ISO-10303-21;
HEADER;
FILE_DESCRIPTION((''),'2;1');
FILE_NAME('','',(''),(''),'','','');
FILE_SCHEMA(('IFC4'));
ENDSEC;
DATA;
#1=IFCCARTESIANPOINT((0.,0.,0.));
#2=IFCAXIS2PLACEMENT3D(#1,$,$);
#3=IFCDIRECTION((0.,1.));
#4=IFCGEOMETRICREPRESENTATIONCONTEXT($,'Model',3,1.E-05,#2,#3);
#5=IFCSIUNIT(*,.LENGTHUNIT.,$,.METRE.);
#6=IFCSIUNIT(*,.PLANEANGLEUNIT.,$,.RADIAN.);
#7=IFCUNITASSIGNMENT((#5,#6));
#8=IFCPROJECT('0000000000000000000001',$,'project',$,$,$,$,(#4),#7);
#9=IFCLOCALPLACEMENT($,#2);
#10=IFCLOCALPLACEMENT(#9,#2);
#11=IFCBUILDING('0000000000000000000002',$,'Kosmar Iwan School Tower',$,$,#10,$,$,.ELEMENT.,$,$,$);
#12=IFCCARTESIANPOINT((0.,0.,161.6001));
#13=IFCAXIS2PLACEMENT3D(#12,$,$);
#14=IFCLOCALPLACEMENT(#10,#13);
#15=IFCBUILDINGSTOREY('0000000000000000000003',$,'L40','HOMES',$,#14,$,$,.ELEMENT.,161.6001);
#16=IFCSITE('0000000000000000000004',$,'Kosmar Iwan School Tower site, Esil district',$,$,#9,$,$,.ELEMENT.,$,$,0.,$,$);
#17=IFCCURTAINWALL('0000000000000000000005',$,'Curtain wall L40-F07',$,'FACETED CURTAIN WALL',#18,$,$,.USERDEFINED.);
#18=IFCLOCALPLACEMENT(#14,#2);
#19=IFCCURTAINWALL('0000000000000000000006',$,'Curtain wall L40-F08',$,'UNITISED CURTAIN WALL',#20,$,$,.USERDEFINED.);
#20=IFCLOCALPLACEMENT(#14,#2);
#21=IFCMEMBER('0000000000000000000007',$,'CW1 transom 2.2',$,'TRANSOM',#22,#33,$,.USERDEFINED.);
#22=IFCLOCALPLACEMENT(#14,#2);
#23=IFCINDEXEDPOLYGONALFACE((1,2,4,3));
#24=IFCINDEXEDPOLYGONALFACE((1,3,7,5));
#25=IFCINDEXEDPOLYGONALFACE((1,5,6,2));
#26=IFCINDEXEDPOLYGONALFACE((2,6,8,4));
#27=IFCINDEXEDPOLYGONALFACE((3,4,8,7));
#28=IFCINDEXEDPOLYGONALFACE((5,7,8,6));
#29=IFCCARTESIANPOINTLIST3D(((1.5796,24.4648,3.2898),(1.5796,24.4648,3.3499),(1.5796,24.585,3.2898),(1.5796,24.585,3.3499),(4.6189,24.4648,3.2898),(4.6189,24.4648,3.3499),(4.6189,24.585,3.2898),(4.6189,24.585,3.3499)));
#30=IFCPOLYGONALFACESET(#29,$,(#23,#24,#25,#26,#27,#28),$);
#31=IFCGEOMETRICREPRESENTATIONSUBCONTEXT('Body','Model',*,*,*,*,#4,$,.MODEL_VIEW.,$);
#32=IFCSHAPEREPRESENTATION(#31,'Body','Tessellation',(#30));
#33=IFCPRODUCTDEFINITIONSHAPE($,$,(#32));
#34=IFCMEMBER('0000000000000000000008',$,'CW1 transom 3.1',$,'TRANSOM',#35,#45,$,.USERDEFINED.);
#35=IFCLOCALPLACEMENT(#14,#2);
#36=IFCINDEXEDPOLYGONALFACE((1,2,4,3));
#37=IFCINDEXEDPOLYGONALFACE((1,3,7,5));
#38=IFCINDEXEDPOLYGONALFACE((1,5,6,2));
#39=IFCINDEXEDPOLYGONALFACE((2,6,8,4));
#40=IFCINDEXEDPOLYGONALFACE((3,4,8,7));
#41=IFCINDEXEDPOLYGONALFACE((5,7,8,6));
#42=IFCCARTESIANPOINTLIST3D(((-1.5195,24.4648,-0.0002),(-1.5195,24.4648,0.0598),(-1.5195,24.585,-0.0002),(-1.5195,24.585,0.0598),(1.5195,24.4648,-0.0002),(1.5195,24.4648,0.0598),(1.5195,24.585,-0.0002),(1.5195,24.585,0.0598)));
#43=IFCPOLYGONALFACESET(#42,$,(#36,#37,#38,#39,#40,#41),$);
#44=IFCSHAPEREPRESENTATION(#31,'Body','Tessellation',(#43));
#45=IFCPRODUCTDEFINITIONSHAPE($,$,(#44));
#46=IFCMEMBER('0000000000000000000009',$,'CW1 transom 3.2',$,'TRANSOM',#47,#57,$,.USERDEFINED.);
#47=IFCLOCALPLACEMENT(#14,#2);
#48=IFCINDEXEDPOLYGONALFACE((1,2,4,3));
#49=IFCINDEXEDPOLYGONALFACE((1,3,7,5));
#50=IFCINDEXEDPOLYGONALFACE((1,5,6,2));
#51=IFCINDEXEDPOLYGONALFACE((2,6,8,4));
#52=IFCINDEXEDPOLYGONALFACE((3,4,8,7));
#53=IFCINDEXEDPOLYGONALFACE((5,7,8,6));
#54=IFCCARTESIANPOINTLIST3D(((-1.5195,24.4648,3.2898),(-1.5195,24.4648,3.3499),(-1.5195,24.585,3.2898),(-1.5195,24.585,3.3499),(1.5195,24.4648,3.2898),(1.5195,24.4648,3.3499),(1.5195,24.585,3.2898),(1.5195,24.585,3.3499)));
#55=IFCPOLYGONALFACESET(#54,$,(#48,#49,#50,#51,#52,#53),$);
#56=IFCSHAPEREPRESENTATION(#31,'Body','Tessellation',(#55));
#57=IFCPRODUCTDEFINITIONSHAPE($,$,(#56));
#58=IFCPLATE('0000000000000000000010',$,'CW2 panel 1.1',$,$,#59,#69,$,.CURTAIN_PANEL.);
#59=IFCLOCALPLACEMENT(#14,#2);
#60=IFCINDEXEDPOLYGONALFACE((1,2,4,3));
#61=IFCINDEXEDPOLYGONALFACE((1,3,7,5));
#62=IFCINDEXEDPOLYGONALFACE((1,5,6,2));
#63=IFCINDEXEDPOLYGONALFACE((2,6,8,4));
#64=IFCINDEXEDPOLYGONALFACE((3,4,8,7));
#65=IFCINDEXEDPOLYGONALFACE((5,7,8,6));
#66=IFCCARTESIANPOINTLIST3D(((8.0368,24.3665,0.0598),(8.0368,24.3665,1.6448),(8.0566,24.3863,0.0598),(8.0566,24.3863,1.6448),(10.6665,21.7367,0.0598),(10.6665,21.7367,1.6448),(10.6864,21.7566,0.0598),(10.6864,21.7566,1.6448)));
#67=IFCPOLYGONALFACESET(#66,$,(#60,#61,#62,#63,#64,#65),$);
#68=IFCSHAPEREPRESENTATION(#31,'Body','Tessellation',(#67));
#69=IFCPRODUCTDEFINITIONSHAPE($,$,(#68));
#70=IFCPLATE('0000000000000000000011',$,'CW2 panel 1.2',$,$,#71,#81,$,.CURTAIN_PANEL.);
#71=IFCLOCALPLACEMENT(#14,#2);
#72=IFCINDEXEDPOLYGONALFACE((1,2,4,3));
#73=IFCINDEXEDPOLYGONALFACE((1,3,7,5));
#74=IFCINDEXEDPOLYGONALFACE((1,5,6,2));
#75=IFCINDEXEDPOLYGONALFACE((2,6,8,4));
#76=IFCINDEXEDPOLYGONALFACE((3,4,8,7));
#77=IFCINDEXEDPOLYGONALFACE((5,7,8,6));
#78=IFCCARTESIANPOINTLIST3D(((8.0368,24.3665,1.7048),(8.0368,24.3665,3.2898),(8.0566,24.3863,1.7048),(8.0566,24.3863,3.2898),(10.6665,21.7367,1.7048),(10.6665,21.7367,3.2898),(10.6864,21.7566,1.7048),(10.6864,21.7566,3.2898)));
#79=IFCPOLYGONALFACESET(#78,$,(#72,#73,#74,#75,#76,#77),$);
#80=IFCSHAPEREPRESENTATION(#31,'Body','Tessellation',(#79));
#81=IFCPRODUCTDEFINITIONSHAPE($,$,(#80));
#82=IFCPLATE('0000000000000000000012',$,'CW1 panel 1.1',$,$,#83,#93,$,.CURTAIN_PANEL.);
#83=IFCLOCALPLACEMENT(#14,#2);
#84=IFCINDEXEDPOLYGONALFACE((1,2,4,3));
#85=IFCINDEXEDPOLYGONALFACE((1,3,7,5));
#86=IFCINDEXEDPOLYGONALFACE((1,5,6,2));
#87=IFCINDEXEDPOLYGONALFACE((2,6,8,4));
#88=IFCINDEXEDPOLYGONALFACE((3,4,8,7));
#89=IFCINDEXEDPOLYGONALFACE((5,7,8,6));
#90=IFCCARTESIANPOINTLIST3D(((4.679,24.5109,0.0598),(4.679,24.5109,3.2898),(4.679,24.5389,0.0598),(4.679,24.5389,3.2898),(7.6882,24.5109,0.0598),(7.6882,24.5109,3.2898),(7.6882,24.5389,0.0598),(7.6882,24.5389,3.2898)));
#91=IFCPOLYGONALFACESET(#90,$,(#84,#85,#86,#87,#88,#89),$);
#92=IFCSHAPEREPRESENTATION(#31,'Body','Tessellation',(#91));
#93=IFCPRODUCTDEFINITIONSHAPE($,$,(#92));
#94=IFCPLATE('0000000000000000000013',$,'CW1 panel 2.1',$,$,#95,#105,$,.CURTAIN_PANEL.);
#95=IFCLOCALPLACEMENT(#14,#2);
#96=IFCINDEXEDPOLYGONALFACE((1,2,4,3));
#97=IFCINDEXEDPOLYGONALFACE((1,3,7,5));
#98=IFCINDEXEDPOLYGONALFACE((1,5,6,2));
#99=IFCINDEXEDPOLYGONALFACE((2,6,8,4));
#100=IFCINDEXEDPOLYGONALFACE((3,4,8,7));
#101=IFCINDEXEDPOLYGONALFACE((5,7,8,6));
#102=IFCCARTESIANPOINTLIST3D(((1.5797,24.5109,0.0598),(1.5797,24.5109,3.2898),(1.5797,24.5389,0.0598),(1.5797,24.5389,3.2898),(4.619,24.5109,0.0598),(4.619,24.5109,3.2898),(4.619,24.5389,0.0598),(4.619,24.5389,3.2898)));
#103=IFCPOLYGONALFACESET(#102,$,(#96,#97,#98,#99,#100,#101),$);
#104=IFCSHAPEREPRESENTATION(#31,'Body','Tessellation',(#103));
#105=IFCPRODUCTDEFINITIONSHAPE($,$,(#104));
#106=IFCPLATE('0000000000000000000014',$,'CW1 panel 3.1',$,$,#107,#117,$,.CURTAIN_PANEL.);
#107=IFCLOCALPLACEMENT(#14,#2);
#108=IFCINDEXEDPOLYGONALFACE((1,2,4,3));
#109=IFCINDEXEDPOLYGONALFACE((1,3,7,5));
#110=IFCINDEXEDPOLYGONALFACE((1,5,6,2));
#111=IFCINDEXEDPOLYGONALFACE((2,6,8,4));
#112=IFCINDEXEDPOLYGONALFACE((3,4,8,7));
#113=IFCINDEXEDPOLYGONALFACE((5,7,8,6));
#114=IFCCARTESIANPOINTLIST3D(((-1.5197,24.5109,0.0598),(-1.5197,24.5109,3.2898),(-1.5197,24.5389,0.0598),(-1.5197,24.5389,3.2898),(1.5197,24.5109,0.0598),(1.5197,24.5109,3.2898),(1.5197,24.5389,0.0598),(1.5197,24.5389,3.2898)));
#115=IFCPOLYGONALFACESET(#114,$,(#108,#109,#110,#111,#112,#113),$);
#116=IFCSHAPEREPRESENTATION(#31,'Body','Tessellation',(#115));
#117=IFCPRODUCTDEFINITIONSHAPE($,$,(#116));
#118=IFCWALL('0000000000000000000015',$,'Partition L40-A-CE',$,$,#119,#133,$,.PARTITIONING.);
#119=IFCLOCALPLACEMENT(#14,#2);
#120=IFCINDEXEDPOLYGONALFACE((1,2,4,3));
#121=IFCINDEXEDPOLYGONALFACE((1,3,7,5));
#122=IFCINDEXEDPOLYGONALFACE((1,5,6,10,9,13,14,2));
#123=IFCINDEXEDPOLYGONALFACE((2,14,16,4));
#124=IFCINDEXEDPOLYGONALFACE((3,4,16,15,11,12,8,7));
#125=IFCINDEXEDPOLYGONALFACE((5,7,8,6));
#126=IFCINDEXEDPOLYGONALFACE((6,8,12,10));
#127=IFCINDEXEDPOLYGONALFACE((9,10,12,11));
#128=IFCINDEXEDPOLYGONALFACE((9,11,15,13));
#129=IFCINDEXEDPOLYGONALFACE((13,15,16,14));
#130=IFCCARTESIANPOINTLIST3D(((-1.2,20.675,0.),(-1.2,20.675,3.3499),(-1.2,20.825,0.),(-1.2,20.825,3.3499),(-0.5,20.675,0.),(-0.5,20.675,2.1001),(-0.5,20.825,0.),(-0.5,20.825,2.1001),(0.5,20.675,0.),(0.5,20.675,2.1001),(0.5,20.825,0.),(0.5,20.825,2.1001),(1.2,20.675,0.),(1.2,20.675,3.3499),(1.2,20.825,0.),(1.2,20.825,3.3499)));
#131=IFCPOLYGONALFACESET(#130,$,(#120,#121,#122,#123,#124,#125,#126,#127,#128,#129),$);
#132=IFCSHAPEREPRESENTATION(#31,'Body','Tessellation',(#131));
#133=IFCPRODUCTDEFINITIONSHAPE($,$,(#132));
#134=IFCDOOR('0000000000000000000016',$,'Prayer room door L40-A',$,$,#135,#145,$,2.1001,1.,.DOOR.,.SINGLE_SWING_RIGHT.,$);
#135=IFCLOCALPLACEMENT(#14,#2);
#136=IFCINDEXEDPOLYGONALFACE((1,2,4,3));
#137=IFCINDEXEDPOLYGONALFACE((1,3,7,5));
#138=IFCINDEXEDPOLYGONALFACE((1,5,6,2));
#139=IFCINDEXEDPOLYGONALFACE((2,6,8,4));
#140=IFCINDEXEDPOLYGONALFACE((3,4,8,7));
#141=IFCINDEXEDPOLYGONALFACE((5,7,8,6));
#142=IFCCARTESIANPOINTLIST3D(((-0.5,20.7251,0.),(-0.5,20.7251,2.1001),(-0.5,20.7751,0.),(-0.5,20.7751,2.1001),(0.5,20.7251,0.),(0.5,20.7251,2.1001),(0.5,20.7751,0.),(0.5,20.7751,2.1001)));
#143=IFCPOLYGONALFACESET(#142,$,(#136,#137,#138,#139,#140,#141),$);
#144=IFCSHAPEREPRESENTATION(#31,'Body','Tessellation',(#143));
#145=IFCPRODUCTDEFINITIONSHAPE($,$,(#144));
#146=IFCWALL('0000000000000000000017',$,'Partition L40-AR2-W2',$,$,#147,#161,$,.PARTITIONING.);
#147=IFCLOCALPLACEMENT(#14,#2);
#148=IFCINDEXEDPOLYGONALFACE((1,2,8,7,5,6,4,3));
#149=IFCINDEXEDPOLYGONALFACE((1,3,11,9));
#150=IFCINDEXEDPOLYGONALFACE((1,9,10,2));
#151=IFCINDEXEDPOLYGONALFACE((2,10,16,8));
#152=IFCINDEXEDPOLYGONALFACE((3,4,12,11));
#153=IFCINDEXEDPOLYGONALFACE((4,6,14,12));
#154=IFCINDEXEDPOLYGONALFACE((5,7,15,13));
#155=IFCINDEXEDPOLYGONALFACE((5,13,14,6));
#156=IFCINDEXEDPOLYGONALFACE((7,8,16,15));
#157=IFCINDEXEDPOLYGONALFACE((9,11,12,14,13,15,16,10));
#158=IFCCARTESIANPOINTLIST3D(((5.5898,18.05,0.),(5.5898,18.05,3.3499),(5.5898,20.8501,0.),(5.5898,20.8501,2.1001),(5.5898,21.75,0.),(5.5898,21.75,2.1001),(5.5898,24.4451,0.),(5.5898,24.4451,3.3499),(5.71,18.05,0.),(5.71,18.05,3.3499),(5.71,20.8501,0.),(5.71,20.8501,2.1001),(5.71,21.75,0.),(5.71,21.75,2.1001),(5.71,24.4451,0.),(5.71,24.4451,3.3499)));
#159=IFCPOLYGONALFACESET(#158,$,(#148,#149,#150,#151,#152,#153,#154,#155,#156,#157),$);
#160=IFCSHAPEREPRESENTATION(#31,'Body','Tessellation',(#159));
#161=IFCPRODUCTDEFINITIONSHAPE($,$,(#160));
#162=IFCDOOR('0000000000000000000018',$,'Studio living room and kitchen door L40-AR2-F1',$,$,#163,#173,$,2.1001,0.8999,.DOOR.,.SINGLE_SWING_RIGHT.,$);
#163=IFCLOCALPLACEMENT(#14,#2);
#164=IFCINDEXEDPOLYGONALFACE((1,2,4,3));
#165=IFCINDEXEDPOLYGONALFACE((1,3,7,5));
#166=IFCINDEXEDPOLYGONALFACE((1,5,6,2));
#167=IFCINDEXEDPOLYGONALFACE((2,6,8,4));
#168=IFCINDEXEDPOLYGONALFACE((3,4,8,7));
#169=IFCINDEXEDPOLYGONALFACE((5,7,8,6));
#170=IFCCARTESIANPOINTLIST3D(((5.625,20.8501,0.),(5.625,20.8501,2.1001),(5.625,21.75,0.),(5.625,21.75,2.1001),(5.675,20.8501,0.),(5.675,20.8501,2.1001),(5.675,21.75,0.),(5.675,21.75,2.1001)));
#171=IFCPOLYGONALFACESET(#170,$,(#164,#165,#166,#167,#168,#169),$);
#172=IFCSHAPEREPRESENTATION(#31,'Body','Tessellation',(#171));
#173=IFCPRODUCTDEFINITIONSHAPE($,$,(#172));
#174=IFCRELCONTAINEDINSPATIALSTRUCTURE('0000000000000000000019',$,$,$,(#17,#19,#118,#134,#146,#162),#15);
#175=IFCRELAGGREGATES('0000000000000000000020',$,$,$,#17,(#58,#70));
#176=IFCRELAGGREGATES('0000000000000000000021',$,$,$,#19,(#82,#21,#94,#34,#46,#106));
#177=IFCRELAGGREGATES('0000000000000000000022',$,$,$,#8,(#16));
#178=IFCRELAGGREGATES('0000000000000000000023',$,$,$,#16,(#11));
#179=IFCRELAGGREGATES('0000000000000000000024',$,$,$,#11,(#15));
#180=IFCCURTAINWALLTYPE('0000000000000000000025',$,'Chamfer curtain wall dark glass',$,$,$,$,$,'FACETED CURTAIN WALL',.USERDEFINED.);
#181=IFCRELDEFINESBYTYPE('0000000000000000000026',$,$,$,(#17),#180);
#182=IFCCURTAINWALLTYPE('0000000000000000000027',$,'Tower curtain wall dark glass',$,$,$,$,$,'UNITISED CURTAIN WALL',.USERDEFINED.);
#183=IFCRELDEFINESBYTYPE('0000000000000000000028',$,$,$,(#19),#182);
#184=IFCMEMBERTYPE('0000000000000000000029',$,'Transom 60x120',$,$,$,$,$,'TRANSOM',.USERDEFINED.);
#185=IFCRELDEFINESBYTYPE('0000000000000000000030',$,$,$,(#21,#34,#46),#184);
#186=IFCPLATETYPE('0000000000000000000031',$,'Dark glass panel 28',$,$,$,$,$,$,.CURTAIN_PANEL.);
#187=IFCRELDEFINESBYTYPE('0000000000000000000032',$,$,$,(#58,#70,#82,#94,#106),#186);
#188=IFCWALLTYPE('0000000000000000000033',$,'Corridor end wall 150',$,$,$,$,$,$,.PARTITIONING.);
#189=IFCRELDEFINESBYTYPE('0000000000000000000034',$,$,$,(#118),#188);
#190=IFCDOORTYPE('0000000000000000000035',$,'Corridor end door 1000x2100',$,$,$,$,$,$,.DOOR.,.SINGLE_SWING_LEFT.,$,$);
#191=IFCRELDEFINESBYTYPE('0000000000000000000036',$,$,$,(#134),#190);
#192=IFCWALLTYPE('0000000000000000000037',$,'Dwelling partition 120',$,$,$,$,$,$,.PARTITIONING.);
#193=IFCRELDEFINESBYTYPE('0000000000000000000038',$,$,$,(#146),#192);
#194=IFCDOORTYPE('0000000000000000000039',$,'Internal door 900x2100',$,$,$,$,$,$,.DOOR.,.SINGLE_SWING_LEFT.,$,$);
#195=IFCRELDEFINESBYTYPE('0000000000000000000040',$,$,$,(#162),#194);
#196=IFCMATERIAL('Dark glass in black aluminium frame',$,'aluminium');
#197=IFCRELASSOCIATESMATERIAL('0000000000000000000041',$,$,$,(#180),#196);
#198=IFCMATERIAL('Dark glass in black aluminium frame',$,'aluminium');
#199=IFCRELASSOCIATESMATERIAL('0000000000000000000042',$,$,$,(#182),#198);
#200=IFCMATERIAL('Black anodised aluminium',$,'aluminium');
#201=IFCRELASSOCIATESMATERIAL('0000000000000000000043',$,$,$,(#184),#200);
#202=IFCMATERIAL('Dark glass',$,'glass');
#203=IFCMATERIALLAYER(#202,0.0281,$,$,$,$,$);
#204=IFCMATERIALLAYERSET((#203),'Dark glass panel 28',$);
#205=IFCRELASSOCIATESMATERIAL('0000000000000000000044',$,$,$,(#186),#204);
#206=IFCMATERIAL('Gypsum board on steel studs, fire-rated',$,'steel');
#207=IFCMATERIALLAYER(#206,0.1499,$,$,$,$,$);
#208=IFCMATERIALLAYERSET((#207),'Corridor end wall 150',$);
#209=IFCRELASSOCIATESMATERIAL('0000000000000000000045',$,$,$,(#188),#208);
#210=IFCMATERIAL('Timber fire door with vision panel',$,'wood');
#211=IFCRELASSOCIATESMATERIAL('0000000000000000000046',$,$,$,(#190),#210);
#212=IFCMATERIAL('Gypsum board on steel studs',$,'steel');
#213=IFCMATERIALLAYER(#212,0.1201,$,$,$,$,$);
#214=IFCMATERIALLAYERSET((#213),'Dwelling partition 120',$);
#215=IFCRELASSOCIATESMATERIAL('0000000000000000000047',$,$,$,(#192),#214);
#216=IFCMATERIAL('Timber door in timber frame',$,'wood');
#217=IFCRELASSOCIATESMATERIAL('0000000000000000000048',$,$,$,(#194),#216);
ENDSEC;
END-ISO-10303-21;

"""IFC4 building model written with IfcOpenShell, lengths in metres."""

from ifc_helpers import new_model, si_unit, direction, frame, frame_2d, origin, origin_2d, place, context, subcontext, project, spatial, rectangle, extrude, material, layer, layer_set, material_profile, profile_set, type_object, element, fill, aggregate, save


model = new_model("IFC4")

# Units and contexts
model_context = context("Model", 3, precision=1e-05, world=origin(), true_north=direction((0.0, 1.0)))
body_context = subcontext(model_context, "Body", "Model", "MODEL_VIEW")
ifc_project = project(units=[si_unit("LENGTHUNIT", "METRE"), si_unit("PLANEANGLEUNIT", "RADIAN")], contexts=[model_context])

# Site, building, storey
site_placement = place(None, origin())
site = spatial("IfcSite", under=ifc_project, at=site_placement, Name="Kosmar Iwan School Tower site, Esil district", CompositionType="ELEMENT", RefElevation=0.0)
building_placement = place(site_placement, origin())
building = spatial("IfcBuilding", under=site, at=building_placement, Name="Kosmar Iwan School Tower", CompositionType="ELEMENT")
storey_placement = place(building_placement, frame((0.0, 0.0, 161.6001)))
storey = spatial("IfcBuildingStorey", under=building, at=storey_placement, Name="L40", Description="HOMES", CompositionType="ELEMENT", Elevation=161.6001)

# Curtain walls
ifc_material_1 = material(Name="Dark glass in black aluminium frame", Category="aluminium")
curtain_wall_type_1 = type_object("IfcCurtainWallType", Name="Chamfer curtain wall dark glass", ElementType="FACETED CURTAIN WALL", PredefinedType="USERDEFINED", material=ifc_material_1)
curtain_wall_1_placement = place(storey_placement, origin())
curtain_wall_1 = element("IfcCurtainWall", 1, at=curtain_wall_1_placement, inside=storey, type_object=curtain_wall_type_1, Name="Curtain wall L40-F07", ObjectType="FACETED CURTAIN WALL", PredefinedType="USERDEFINED")
ifc_material_2 = material(Name="Dark glass in black aluminium frame", Category="aluminium")
curtain_wall_type_2 = type_object("IfcCurtainWallType", Name="Tower curtain wall dark glass", ElementType="UNITISED CURTAIN WALL", PredefinedType="USERDEFINED", material=ifc_material_2)
curtain_wall_2_placement = place(storey_placement, origin())
curtain_wall_2 = element("IfcCurtainWall", 2, at=curtain_wall_2_placement, inside=storey, type_object=curtain_wall_type_2, Name="Curtain wall L40-F08", ObjectType="UNITISED CURTAIN WALL", PredefinedType="USERDEFINED")

# Members
ifc_material_3 = material(Name="Black anodised aluminium", Category="aluminium")
ifc_material_profile_1 = material_profile(ifc_material_3, rectangle(XDim=0.1201, YDim=0.0601, at=origin_2d()), Name="TRANSOM 60x120")
ifc_profile_set_1 = profile_set([ifc_material_profile_1], Name="Black anodised aluminium")
member_type_1 = type_object("IfcMemberType", Name="Transom 60x120", ElementType="TRANSOM", PredefinedType="USERDEFINED", material=ifc_profile_set_1)
member_1_placement = place(storey_placement, frame((4.6189, 24.5249, 3.3198), z_axis=(-1.0, 0.0, 0.0), x_axis=(0.0, -1.0, 0.0)))
member_1 = element("IfcMember", 3, at=member_1_placement, type_object=member_type_1, Name="CW1 transom 2.2", ObjectType="TRANSOM", PredefinedType="USERDEFINED", context=body_context, shape_type="SweptSolid", body=[
    extrude(rectangle(XDim=0.1201, YDim=0.0601, at=origin_2d()), origin(), (0.0, 0.0, 1.0), 3.0393),
])
member_2_placement = place(storey_placement, frame((1.5195, 24.5249, 0.0298), z_axis=(-1.0, 0.0, 0.0), x_axis=(0.0, -1.0, 0.0)))
member_2 = element("IfcMember", 4, at=member_2_placement, type_object=member_type_1, Name="CW1 transom 3.1", ObjectType="TRANSOM", PredefinedType="USERDEFINED", context=body_context, shape_type="SweptSolid", body=[
    extrude(rectangle(XDim=0.1201, YDim=0.0601, at=origin_2d()), origin(), (0.0, 0.0, 1.0), 3.0391),
])
member_3_placement = place(storey_placement, frame((1.5195, 24.5249, 3.3198), z_axis=(-1.0, 0.0, 0.0), x_axis=(0.0, -1.0, 0.0)))
member_3 = element("IfcMember", 5, at=member_3_placement, type_object=member_type_1, Name="CW1 transom 3.2", ObjectType="TRANSOM", PredefinedType="USERDEFINED", context=body_context, shape_type="SweptSolid", body=[
    extrude(rectangle(XDim=0.1201, YDim=0.0601, at=origin_2d()), origin(), (0.0, 0.0, 1.0), 3.0391),
])

# Plates
ifc_material_4 = material(Name="Dark glass", Category="glass")
ifc_layer_1 = layer(ifc_material_4, 0.0281)
ifc_layer_set_1 = layer_set([ifc_layer_1], Name="Dark glass panel 28")
plate_type = type_object("IfcPlateType", Name="Dark glass panel 28", PredefinedType="CURTAIN_PANEL", material=ifc_layer_set_1)
plate_1_placement = place(storey_placement, frame((9.3616, 23.0615, 0.0598), z_axis=(0.0, 0.0, 1.0), x_axis=(-0.707107, 0.707107, 0.0)))
plate_1 = element("IfcPlate", 6, at=plate_1_placement, type_object=plate_type, Name="CW2 panel 1.1", PredefinedType="CURTAIN_PANEL", context=body_context, shape_type="SweptSolid", body=[
    extrude(rectangle(XDim=3.719, YDim=0.0281, at=origin_2d()), origin(), (0.0, 0.0, 1.0), 1.585),
])
plate_2_placement = place(storey_placement, frame((9.3616, 23.0615, 1.7048), z_axis=(0.0, 0.0, 1.0), x_axis=(-0.707107, 0.707107, 0.0)))
plate_2 = element("IfcPlate", 7, at=plate_2_placement, type_object=plate_type, Name="CW2 panel 1.2", PredefinedType="CURTAIN_PANEL", context=body_context, shape_type="SweptSolid", body=[
    extrude(rectangle(XDim=3.719, YDim=0.0281, at=origin_2d()), origin(), (0.0, 0.0, 1.0), 1.585),
])
aggregate(curtain_wall_1, [plate_1, plate_2])
plate_3_placement = place(storey_placement, frame((6.1836, 24.5249, 0.0598), z_axis=(0.0, 0.0, 1.0), x_axis=(-1.0, 0.0, 0.0)))
plate_3 = element("IfcPlate", 8, at=plate_3_placement, type_object=plate_type, Name="CW1 panel 1.1", PredefinedType="CURTAIN_PANEL", context=body_context, shape_type="SweptSolid", body=[
    extrude(rectangle(XDim=3.0093, YDim=0.0281, at=origin_2d()), origin(), (0.0, 0.0, 1.0), 3.23),
])
plate_4_placement = place(storey_placement, frame((3.0994, 24.5249, 0.0598), z_axis=(0.0, 0.0, 1.0), x_axis=(-1.0, 0.0, 0.0)))
plate_4 = element("IfcPlate", 9, at=plate_4_placement, type_object=plate_type, Name="CW1 panel 2.1", PredefinedType="CURTAIN_PANEL", context=body_context, shape_type="SweptSolid", body=[
    extrude(rectangle(XDim=3.0393, YDim=0.0281, at=origin_2d()), origin(), (0.0, 0.0, 1.0), 3.23),
])
plate_5_placement = place(storey_placement, frame((0.0, 24.5249, 0.0598), z_axis=(0.0, 0.0, 1.0), x_axis=(-1.0, 0.0, 0.0)))
plate_5 = element("IfcPlate", 10, at=plate_5_placement, type_object=plate_type, Name="CW1 panel 3.1", PredefinedType="CURTAIN_PANEL", context=body_context, shape_type="SweptSolid", body=[
    extrude(rectangle(XDim=3.0393, YDim=0.0281, at=origin_2d()), origin(), (0.0, 0.0, 1.0), 3.23),
])
aggregate(curtain_wall_2, [plate_3, member_1, plate_4, member_2, member_3, plate_5])

# Walls, openings, doors
ifc_material_5 = material(Name="Gypsum board on steel studs, fire-rated", Category="steel")
ifc_layer_2 = layer(ifc_material_5, 0.1499)
ifc_layer_set_2 = layer_set([ifc_layer_2], Name="Corridor end wall 150")
wall_type_1 = type_object("IfcWallType", Name="Corridor end wall 150", PredefinedType="PARTITIONING", material=ifc_layer_set_2)
wall_1_placement = place(storey_placement, frame((1.2, 20.75, 0.0), z_axis=(0.0, 0.0, 1.0), x_axis=(-1.0, 0.0, 0.0)))
wall_1 = element("IfcWall", 11, at=wall_1_placement, inside=storey, type_object=wall_type_1, Name="Partition L40-A-CE", PredefinedType="PARTITIONING", context=body_context, shape_type="SweptSolid", body=[
    extrude(rectangle(XDim=2.3999, YDim=0.1499, at=frame_2d((1.2, 0.0))), origin(), (0.0, 0.0, 1.0), 3.3499),
])
opening_1_placement = place(wall_1_placement, frame((0.7, 0.0, 0.0)))
opening_1 = element("IfcOpeningElement", 12, at=opening_1_placement, cuts=wall_1, PredefinedType="OPENING", context=body_context, shape_type="SweptSolid", body=[
    extrude(rectangle(XDim=1.0, YDim=2.1001, at=frame_2d((0.5, 1.05))), frame((0.0, 0.0869, 0.0), z_axis=(0.0, -1.0, 0.0), x_axis=(1.0, 0.0, 0.0)), (0.0, 0.0, 1.0), 0.1738),
])
ifc_material_6 = material(Name="Timber fire door with vision panel", Category="wood")
door_type_1 = type_object("IfcDoorType", Name="Corridor end door 1000x2100", OperationType="SINGLE_SWING_LEFT", PredefinedType="DOOR", material=ifc_material_6)
door_1_placement = place(opening_1_placement, origin())
door_1 = element("IfcDoor", 13, at=door_1_placement, inside=storey, type_object=door_type_1, Name="Prayer room door L40-A", OperationType="SINGLE_SWING_RIGHT", OverallHeight=2.1001, OverallWidth=1.0, PredefinedType="DOOR", context=body_context, shape_type="SweptSolid", body=[
    extrude(rectangle(XDim=1.0, YDim=2.1001, at=frame_2d((0.5, 1.05))), frame((0.0, 0.0249, 0.0), z_axis=(0.0, -1.0, 0.0), x_axis=(1.0, 0.0, 0.0)), (0.0, 0.0, 1.0), 0.05),
])
fill(opening_1, door_1)
ifc_material_7 = material(Name="Gypsum board on steel studs", Category="steel")
ifc_layer_3 = layer(ifc_material_7, 0.1201)
ifc_layer_set_3 = layer_set([ifc_layer_3], Name="Dwelling partition 120")
wall_type_2 = type_object("IfcWallType", Name="Dwelling partition 120", PredefinedType="PARTITIONING", material=ifc_layer_set_3)
wall_2_placement = place(storey_placement, frame((5.6499, 18.05, 0.0), z_axis=(0.0, 0.0, 1.0), x_axis=(0.0, 1.0, 0.0)))
wall_2 = element("IfcWall", 14, at=wall_2_placement, inside=storey, type_object=wall_type_2, Name="Partition L40-AR2-W2", PredefinedType="PARTITIONING", context=body_context, shape_type="SweptSolid", body=[
    extrude(rectangle(XDim=6.395, YDim=0.1201, at=frame_2d((3.1975, 0.0))), origin(), (0.0, 0.0, 1.0), 3.3499),
])
opening_2_placement = place(wall_2_placement, frame((2.8, 0.0, 0.0)))
opening_2 = element("IfcOpeningElement", 15, at=opening_2_placement, cuts=wall_2, PredefinedType="OPENING", context=body_context, shape_type="SweptSolid", body=[
    extrude(rectangle(XDim=0.8999, YDim=2.1001, at=frame_2d((0.45, 1.05))), frame((0.0, 0.072, 0.0), z_axis=(0.0, -1.0, 0.0), x_axis=(1.0, 0.0, 0.0)), (0.0, 0.0, 1.0), 0.144),
])
ifc_material_8 = material(Name="Timber door in timber frame", Category="wood")
door_type_2 = type_object("IfcDoorType", Name="Internal door 900x2100", OperationType="SINGLE_SWING_LEFT", PredefinedType="DOOR", material=ifc_material_8)
door_2_placement = place(opening_2_placement, origin())
door_2 = element("IfcDoor", 16, at=door_2_placement, inside=storey, type_object=door_type_2, Name="Studio living room and kitchen door L40-AR2-F1", OperationType="SINGLE_SWING_RIGHT", OverallHeight=2.1001, OverallWidth=0.8999, PredefinedType="DOOR", context=body_context, shape_type="SweptSolid", body=[
    extrude(rectangle(XDim=0.8999, YDim=2.1001, at=frame_2d((0.45, 1.05))), frame((0.0, 0.0249, 0.0), z_axis=(0.0, -1.0, 0.0), x_axis=(1.0, 0.0, 0.0)), (0.0, 0.0, 1.0), 0.05),
])
fill(opening_2, door_2)

save(model, "model.ifc")
